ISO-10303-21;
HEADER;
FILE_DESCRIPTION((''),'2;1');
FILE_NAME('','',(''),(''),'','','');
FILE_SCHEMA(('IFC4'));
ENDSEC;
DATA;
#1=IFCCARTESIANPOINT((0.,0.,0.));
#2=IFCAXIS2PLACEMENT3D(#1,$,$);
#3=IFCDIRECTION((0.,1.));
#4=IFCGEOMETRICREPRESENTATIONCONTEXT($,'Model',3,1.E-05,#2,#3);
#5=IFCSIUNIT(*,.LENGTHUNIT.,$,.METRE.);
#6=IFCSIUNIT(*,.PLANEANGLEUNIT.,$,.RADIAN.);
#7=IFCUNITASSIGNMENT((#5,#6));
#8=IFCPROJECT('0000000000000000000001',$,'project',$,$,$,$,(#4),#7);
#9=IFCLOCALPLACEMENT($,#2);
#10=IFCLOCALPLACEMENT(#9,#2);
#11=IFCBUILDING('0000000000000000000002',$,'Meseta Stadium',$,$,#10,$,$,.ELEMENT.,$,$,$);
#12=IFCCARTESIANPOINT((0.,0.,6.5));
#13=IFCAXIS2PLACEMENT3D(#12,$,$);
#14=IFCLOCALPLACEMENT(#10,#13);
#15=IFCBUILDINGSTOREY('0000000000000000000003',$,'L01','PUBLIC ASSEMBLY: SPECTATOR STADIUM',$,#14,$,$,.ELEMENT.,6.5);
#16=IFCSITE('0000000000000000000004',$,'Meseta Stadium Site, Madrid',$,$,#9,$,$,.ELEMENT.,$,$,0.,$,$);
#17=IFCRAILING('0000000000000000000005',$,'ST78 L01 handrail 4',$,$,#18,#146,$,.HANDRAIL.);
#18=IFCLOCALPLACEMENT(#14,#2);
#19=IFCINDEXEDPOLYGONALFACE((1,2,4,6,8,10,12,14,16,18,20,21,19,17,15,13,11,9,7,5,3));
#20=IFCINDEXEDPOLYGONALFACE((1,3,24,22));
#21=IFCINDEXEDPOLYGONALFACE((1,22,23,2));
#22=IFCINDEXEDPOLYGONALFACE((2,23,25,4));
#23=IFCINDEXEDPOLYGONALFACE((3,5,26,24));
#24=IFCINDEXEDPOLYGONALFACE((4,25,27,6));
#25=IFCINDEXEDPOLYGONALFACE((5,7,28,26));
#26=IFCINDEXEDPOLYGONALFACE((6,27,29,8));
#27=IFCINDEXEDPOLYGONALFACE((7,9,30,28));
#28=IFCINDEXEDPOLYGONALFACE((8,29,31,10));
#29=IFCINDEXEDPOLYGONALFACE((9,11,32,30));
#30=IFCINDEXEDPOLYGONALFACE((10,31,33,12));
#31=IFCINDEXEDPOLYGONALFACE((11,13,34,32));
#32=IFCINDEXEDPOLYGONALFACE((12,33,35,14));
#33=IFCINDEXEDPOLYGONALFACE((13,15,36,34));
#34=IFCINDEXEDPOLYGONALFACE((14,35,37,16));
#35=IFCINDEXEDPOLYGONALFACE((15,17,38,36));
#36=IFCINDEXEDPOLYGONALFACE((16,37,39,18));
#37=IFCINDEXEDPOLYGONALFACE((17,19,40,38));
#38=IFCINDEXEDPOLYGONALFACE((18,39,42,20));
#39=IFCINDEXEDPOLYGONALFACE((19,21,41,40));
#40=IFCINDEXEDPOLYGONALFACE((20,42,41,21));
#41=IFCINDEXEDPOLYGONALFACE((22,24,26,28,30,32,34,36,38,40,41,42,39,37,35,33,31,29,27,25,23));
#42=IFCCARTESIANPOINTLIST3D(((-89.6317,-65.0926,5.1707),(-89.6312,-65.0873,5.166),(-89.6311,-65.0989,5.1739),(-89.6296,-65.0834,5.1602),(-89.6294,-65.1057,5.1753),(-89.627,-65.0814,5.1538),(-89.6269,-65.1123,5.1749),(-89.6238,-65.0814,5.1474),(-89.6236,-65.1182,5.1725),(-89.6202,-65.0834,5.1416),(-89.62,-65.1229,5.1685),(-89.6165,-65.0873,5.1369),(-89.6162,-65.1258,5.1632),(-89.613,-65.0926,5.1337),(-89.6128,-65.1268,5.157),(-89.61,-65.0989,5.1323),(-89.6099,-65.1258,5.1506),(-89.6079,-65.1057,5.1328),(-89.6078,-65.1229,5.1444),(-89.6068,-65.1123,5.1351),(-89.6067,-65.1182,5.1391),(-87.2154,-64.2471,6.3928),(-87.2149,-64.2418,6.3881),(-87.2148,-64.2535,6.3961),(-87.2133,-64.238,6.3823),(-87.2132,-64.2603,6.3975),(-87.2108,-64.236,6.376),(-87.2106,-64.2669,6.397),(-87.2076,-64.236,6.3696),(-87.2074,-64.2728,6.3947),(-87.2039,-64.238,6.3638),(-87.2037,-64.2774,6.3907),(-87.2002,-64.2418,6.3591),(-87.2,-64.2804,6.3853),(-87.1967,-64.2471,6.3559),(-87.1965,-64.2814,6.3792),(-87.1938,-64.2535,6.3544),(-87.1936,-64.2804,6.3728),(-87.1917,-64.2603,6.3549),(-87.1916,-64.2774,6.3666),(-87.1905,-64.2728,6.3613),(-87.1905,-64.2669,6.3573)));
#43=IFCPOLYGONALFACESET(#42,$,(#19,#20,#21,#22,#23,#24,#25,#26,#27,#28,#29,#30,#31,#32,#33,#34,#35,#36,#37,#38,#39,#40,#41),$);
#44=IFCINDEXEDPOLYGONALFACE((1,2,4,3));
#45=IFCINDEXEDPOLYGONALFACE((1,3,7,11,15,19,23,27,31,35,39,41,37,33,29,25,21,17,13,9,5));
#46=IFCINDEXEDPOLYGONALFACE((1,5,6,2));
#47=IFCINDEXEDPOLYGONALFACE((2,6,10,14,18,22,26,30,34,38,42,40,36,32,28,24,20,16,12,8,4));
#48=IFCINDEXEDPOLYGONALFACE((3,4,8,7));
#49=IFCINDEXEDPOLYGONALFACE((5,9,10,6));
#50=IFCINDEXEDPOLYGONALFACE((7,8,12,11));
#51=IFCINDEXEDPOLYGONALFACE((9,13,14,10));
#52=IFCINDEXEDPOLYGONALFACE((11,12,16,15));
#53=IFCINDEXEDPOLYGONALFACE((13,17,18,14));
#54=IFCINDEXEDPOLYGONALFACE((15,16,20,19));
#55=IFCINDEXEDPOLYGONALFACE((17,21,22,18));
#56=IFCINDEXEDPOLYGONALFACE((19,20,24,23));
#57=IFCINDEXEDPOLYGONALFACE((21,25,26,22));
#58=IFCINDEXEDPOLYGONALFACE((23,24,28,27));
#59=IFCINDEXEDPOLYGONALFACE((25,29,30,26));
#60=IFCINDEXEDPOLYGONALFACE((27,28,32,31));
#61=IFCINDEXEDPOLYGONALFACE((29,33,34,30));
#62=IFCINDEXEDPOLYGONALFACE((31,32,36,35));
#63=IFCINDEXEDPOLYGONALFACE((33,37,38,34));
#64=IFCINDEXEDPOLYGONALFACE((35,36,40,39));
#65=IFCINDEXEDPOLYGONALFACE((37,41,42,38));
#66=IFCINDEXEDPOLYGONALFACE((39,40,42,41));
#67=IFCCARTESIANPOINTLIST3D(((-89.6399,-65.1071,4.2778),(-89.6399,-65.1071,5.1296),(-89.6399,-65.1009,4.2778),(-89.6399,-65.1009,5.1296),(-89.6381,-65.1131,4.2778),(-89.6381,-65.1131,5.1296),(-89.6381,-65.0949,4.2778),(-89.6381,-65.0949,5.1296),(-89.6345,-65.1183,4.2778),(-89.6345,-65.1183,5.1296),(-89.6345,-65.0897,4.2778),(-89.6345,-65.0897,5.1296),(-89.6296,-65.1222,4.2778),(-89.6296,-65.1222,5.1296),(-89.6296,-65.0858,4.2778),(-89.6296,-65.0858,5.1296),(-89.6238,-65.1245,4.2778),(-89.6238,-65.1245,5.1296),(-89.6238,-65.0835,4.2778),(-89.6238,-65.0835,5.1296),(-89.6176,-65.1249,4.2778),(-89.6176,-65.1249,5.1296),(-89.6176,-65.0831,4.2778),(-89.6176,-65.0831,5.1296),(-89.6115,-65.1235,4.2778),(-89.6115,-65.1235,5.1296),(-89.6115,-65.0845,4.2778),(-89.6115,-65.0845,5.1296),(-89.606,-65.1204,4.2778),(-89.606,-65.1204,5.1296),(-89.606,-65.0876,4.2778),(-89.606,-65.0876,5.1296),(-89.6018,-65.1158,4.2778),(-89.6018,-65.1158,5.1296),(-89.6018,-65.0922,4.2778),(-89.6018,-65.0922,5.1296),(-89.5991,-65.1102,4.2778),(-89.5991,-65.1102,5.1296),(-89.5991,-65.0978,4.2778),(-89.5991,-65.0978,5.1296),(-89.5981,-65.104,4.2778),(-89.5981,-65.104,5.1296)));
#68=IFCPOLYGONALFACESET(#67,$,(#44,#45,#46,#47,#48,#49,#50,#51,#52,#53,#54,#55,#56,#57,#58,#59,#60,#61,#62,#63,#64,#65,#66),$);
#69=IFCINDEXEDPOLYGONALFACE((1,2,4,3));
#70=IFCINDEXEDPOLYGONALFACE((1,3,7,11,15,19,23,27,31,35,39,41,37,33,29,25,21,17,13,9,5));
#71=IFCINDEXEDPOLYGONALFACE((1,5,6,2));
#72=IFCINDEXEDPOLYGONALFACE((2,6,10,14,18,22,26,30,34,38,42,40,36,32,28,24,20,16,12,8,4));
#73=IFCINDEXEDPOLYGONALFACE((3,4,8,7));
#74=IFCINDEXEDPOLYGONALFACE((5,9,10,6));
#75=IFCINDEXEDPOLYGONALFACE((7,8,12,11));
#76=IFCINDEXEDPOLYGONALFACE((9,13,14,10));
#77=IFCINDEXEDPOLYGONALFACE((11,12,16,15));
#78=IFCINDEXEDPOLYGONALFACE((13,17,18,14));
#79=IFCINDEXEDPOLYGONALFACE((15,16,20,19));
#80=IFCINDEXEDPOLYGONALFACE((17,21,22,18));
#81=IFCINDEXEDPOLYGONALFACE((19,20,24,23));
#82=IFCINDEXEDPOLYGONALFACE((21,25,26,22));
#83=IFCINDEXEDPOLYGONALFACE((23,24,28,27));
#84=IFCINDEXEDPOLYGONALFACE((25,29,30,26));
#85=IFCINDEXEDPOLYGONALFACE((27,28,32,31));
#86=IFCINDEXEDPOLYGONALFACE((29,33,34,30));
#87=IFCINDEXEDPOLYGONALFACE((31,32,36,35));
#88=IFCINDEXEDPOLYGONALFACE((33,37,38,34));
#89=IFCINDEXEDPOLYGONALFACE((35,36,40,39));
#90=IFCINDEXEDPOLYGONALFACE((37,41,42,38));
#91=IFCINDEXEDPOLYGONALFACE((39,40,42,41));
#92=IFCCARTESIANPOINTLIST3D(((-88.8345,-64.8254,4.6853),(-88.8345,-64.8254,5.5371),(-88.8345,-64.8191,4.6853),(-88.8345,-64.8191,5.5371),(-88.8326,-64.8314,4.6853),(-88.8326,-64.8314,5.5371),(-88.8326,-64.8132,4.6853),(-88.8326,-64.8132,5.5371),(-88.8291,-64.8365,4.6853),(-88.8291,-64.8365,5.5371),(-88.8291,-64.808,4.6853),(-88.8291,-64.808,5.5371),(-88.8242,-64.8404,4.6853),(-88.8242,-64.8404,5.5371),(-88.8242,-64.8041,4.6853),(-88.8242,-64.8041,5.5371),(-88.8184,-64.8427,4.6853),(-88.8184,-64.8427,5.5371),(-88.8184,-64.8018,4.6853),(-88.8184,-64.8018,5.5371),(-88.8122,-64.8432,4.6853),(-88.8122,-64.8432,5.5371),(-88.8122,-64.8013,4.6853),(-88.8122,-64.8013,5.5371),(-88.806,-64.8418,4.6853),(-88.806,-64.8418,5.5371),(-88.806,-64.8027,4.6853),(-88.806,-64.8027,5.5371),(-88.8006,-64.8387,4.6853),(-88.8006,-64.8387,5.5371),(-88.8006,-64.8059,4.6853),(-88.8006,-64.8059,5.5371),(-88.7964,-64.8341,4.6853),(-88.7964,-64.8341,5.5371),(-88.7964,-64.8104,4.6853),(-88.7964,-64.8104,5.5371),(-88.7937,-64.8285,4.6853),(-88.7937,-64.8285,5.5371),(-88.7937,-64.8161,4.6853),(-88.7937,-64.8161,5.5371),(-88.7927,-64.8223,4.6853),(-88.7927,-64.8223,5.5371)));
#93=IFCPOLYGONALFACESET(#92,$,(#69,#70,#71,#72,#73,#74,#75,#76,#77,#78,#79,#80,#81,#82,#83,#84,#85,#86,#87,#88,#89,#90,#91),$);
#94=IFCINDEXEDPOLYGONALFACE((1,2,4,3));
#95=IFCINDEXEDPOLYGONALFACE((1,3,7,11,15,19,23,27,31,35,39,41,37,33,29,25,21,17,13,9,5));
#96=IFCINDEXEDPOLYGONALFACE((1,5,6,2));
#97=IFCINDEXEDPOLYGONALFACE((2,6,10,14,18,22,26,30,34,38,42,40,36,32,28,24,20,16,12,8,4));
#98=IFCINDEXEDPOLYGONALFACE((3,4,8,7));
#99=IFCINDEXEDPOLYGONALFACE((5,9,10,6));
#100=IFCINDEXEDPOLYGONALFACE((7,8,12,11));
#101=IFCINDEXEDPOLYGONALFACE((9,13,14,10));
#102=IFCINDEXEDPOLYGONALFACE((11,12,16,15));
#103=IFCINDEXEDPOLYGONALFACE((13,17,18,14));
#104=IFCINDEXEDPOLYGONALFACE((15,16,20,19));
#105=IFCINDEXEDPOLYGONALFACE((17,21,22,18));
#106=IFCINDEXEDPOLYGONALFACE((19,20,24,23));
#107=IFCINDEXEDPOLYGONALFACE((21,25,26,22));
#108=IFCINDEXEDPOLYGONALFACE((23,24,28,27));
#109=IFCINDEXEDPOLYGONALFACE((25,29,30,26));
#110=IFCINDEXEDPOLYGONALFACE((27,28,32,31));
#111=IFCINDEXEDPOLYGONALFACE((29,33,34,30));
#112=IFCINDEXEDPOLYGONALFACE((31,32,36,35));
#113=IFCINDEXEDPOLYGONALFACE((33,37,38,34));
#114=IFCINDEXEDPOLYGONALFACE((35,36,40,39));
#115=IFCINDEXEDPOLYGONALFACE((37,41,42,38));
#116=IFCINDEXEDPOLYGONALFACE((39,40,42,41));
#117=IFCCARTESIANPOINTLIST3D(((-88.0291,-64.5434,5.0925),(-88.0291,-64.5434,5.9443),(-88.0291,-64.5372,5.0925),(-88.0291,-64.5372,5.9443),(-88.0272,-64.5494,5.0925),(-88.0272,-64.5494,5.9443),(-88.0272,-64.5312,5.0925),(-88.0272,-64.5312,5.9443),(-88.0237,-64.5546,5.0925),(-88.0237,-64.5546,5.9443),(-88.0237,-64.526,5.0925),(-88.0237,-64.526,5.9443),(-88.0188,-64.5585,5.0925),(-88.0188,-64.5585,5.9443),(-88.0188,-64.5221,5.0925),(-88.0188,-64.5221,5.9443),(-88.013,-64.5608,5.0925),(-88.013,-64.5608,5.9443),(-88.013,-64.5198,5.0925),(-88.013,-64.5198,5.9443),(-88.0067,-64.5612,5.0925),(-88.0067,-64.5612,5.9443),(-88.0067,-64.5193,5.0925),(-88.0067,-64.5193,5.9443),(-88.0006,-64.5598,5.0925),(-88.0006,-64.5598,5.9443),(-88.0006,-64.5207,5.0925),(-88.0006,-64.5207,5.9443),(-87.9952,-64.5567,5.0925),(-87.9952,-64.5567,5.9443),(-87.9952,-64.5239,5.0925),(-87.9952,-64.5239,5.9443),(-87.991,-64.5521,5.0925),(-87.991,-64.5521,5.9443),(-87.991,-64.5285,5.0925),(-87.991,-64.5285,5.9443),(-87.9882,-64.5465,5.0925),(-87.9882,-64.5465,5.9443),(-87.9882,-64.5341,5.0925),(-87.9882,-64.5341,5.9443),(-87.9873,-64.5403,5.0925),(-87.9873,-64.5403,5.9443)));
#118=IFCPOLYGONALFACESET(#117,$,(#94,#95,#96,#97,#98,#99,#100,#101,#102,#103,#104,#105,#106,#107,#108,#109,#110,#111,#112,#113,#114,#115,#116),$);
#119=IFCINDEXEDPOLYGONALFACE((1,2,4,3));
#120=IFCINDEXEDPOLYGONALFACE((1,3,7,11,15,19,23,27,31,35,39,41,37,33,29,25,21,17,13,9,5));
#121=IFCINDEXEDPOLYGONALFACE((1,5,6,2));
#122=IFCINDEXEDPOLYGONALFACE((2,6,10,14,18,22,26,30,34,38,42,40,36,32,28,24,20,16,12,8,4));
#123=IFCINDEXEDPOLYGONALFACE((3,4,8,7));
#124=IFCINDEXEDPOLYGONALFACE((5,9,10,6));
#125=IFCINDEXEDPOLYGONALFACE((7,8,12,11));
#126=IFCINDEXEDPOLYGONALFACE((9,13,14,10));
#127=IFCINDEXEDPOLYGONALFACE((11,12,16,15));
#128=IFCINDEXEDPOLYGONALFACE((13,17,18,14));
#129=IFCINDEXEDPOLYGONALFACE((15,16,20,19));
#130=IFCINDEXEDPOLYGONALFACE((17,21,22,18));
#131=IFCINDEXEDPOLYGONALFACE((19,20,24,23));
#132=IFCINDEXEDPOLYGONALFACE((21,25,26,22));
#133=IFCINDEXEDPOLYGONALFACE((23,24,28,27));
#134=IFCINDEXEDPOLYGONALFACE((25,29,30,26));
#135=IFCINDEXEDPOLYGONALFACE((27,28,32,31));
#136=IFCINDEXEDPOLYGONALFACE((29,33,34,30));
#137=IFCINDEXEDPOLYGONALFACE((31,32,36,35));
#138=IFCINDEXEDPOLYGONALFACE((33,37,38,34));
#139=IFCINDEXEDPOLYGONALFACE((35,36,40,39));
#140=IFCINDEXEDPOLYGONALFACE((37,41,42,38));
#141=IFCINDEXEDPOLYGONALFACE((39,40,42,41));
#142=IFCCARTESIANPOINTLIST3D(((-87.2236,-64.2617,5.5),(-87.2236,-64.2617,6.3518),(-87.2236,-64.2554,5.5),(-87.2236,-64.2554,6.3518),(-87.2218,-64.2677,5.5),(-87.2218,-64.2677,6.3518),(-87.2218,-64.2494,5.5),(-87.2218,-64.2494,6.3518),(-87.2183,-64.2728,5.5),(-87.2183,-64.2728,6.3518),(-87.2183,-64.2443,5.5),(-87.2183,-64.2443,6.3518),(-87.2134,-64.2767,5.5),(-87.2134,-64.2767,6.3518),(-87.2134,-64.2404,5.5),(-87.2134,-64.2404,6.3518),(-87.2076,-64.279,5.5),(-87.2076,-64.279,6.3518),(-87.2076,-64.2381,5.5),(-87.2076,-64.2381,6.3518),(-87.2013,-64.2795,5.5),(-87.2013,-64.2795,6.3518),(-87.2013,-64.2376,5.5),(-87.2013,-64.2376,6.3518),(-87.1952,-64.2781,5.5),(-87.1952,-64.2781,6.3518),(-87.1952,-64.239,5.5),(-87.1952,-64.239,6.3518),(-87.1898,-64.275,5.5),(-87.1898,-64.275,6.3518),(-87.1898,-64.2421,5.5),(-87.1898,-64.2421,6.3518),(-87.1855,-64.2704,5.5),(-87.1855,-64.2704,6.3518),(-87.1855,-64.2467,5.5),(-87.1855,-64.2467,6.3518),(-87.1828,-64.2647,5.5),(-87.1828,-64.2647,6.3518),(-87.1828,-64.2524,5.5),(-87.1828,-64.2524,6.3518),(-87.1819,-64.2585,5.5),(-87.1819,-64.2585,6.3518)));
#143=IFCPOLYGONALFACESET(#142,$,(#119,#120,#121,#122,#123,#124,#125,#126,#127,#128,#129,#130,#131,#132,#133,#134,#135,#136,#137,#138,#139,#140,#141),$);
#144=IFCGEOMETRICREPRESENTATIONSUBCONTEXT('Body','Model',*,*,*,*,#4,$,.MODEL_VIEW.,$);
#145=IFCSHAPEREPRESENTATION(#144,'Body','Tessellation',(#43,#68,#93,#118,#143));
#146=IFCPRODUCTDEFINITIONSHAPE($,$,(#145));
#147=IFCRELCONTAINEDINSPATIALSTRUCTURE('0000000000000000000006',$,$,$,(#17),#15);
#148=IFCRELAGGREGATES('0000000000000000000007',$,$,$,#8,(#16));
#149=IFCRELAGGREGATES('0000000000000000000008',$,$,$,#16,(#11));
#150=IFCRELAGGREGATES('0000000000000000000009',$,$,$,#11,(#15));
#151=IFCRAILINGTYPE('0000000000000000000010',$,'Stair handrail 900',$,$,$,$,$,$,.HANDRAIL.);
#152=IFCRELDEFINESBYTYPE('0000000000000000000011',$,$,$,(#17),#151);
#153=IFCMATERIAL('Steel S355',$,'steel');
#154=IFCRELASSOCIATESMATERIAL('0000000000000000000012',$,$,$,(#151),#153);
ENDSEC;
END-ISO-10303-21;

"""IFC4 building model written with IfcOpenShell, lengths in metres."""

from ifc_helpers import new_model, si_unit, direction, frame, origin, origin_2d, place, context, subcontext, project, spatial, circle, extrude, material, type_object, element, save


model = new_model("IFC4")

# Units and contexts
model_context = context("Model", 3, precision=1e-05, world=origin(), true_north=direction((0.0, 1.0)))
body_context = subcontext(model_context, "Body", "Model", "MODEL_VIEW")
ifc_project = project(units=[si_unit("LENGTHUNIT", "METRE"), si_unit("PLANEANGLEUNIT", "RADIAN")], contexts=[model_context])

# Site, building, storey
site_placement = place(None, origin())
site = spatial("IfcSite", under=ifc_project, at=site_placement, Name="Meseta Stadium Site, Madrid", CompositionType="ELEMENT", RefElevation=0.0)
building_placement = place(site_placement, origin())
building = spatial("IfcBuilding", under=site, at=building_placement, Name="Meseta Stadium", CompositionType="ELEMENT")
storey_placement = place(building_placement, frame((0.0, 0.0, 6.5)))
storey = spatial("IfcBuildingStorey", under=building, at=storey_placement, Name="L01", Description="PUBLIC ASSEMBLY: SPECTATOR STADIUM", CompositionType="ELEMENT", Elevation=6.5)

# Railing
ifc_material_1 = material(Name="Steel S355", Category="steel")
railing_type_1 = type_object("IfcRailingType", Name="Stair handrail 900", PredefinedType="HANDRAIL", material=ifc_material_1)
railing_1_placement = place(storey_placement, frame((-89.6191, -65.104, 4.2778)))
element("IfcRailing", 1, at=railing_1_placement, inside=storey, type_object=railing_type_1, Name="ST78 L01 handrail 4", PredefinedType="HANDRAIL", context=body_context, shape_type="SweptSolid", body=[
    extrude(circle(Radius=0.0239, at=origin_2d()), frame((0.0, 0.0, 0.876), z_axis=(0.851789, 0.298044, 0.430843), x_axis=(-0.33027, 0.943887, 0.0)), (0.0, 0.0, 1.0), 2.8367),
    extrude(circle(Radius=0.021, at=origin_2d()), origin(), (0.0, 0.0, 1.0), 0.8518),
    extrude(circle(Radius=0.021, at=origin_2d()), frame((0.8054, 0.2817, 0.4075)), (0.0, 0.0, 1.0), 0.8518),
    extrude(circle(Radius=0.021, at=origin_2d()), frame((1.6108, 0.5637, 0.8147)), (0.0, 0.0, 1.0), 0.8518),
    extrude(circle(Radius=0.021, at=origin_2d()), frame((2.4163, 0.8455, 1.2222)), (0.0, 0.0, 1.0), 0.8518),
])

save(model, "model.ifc")
